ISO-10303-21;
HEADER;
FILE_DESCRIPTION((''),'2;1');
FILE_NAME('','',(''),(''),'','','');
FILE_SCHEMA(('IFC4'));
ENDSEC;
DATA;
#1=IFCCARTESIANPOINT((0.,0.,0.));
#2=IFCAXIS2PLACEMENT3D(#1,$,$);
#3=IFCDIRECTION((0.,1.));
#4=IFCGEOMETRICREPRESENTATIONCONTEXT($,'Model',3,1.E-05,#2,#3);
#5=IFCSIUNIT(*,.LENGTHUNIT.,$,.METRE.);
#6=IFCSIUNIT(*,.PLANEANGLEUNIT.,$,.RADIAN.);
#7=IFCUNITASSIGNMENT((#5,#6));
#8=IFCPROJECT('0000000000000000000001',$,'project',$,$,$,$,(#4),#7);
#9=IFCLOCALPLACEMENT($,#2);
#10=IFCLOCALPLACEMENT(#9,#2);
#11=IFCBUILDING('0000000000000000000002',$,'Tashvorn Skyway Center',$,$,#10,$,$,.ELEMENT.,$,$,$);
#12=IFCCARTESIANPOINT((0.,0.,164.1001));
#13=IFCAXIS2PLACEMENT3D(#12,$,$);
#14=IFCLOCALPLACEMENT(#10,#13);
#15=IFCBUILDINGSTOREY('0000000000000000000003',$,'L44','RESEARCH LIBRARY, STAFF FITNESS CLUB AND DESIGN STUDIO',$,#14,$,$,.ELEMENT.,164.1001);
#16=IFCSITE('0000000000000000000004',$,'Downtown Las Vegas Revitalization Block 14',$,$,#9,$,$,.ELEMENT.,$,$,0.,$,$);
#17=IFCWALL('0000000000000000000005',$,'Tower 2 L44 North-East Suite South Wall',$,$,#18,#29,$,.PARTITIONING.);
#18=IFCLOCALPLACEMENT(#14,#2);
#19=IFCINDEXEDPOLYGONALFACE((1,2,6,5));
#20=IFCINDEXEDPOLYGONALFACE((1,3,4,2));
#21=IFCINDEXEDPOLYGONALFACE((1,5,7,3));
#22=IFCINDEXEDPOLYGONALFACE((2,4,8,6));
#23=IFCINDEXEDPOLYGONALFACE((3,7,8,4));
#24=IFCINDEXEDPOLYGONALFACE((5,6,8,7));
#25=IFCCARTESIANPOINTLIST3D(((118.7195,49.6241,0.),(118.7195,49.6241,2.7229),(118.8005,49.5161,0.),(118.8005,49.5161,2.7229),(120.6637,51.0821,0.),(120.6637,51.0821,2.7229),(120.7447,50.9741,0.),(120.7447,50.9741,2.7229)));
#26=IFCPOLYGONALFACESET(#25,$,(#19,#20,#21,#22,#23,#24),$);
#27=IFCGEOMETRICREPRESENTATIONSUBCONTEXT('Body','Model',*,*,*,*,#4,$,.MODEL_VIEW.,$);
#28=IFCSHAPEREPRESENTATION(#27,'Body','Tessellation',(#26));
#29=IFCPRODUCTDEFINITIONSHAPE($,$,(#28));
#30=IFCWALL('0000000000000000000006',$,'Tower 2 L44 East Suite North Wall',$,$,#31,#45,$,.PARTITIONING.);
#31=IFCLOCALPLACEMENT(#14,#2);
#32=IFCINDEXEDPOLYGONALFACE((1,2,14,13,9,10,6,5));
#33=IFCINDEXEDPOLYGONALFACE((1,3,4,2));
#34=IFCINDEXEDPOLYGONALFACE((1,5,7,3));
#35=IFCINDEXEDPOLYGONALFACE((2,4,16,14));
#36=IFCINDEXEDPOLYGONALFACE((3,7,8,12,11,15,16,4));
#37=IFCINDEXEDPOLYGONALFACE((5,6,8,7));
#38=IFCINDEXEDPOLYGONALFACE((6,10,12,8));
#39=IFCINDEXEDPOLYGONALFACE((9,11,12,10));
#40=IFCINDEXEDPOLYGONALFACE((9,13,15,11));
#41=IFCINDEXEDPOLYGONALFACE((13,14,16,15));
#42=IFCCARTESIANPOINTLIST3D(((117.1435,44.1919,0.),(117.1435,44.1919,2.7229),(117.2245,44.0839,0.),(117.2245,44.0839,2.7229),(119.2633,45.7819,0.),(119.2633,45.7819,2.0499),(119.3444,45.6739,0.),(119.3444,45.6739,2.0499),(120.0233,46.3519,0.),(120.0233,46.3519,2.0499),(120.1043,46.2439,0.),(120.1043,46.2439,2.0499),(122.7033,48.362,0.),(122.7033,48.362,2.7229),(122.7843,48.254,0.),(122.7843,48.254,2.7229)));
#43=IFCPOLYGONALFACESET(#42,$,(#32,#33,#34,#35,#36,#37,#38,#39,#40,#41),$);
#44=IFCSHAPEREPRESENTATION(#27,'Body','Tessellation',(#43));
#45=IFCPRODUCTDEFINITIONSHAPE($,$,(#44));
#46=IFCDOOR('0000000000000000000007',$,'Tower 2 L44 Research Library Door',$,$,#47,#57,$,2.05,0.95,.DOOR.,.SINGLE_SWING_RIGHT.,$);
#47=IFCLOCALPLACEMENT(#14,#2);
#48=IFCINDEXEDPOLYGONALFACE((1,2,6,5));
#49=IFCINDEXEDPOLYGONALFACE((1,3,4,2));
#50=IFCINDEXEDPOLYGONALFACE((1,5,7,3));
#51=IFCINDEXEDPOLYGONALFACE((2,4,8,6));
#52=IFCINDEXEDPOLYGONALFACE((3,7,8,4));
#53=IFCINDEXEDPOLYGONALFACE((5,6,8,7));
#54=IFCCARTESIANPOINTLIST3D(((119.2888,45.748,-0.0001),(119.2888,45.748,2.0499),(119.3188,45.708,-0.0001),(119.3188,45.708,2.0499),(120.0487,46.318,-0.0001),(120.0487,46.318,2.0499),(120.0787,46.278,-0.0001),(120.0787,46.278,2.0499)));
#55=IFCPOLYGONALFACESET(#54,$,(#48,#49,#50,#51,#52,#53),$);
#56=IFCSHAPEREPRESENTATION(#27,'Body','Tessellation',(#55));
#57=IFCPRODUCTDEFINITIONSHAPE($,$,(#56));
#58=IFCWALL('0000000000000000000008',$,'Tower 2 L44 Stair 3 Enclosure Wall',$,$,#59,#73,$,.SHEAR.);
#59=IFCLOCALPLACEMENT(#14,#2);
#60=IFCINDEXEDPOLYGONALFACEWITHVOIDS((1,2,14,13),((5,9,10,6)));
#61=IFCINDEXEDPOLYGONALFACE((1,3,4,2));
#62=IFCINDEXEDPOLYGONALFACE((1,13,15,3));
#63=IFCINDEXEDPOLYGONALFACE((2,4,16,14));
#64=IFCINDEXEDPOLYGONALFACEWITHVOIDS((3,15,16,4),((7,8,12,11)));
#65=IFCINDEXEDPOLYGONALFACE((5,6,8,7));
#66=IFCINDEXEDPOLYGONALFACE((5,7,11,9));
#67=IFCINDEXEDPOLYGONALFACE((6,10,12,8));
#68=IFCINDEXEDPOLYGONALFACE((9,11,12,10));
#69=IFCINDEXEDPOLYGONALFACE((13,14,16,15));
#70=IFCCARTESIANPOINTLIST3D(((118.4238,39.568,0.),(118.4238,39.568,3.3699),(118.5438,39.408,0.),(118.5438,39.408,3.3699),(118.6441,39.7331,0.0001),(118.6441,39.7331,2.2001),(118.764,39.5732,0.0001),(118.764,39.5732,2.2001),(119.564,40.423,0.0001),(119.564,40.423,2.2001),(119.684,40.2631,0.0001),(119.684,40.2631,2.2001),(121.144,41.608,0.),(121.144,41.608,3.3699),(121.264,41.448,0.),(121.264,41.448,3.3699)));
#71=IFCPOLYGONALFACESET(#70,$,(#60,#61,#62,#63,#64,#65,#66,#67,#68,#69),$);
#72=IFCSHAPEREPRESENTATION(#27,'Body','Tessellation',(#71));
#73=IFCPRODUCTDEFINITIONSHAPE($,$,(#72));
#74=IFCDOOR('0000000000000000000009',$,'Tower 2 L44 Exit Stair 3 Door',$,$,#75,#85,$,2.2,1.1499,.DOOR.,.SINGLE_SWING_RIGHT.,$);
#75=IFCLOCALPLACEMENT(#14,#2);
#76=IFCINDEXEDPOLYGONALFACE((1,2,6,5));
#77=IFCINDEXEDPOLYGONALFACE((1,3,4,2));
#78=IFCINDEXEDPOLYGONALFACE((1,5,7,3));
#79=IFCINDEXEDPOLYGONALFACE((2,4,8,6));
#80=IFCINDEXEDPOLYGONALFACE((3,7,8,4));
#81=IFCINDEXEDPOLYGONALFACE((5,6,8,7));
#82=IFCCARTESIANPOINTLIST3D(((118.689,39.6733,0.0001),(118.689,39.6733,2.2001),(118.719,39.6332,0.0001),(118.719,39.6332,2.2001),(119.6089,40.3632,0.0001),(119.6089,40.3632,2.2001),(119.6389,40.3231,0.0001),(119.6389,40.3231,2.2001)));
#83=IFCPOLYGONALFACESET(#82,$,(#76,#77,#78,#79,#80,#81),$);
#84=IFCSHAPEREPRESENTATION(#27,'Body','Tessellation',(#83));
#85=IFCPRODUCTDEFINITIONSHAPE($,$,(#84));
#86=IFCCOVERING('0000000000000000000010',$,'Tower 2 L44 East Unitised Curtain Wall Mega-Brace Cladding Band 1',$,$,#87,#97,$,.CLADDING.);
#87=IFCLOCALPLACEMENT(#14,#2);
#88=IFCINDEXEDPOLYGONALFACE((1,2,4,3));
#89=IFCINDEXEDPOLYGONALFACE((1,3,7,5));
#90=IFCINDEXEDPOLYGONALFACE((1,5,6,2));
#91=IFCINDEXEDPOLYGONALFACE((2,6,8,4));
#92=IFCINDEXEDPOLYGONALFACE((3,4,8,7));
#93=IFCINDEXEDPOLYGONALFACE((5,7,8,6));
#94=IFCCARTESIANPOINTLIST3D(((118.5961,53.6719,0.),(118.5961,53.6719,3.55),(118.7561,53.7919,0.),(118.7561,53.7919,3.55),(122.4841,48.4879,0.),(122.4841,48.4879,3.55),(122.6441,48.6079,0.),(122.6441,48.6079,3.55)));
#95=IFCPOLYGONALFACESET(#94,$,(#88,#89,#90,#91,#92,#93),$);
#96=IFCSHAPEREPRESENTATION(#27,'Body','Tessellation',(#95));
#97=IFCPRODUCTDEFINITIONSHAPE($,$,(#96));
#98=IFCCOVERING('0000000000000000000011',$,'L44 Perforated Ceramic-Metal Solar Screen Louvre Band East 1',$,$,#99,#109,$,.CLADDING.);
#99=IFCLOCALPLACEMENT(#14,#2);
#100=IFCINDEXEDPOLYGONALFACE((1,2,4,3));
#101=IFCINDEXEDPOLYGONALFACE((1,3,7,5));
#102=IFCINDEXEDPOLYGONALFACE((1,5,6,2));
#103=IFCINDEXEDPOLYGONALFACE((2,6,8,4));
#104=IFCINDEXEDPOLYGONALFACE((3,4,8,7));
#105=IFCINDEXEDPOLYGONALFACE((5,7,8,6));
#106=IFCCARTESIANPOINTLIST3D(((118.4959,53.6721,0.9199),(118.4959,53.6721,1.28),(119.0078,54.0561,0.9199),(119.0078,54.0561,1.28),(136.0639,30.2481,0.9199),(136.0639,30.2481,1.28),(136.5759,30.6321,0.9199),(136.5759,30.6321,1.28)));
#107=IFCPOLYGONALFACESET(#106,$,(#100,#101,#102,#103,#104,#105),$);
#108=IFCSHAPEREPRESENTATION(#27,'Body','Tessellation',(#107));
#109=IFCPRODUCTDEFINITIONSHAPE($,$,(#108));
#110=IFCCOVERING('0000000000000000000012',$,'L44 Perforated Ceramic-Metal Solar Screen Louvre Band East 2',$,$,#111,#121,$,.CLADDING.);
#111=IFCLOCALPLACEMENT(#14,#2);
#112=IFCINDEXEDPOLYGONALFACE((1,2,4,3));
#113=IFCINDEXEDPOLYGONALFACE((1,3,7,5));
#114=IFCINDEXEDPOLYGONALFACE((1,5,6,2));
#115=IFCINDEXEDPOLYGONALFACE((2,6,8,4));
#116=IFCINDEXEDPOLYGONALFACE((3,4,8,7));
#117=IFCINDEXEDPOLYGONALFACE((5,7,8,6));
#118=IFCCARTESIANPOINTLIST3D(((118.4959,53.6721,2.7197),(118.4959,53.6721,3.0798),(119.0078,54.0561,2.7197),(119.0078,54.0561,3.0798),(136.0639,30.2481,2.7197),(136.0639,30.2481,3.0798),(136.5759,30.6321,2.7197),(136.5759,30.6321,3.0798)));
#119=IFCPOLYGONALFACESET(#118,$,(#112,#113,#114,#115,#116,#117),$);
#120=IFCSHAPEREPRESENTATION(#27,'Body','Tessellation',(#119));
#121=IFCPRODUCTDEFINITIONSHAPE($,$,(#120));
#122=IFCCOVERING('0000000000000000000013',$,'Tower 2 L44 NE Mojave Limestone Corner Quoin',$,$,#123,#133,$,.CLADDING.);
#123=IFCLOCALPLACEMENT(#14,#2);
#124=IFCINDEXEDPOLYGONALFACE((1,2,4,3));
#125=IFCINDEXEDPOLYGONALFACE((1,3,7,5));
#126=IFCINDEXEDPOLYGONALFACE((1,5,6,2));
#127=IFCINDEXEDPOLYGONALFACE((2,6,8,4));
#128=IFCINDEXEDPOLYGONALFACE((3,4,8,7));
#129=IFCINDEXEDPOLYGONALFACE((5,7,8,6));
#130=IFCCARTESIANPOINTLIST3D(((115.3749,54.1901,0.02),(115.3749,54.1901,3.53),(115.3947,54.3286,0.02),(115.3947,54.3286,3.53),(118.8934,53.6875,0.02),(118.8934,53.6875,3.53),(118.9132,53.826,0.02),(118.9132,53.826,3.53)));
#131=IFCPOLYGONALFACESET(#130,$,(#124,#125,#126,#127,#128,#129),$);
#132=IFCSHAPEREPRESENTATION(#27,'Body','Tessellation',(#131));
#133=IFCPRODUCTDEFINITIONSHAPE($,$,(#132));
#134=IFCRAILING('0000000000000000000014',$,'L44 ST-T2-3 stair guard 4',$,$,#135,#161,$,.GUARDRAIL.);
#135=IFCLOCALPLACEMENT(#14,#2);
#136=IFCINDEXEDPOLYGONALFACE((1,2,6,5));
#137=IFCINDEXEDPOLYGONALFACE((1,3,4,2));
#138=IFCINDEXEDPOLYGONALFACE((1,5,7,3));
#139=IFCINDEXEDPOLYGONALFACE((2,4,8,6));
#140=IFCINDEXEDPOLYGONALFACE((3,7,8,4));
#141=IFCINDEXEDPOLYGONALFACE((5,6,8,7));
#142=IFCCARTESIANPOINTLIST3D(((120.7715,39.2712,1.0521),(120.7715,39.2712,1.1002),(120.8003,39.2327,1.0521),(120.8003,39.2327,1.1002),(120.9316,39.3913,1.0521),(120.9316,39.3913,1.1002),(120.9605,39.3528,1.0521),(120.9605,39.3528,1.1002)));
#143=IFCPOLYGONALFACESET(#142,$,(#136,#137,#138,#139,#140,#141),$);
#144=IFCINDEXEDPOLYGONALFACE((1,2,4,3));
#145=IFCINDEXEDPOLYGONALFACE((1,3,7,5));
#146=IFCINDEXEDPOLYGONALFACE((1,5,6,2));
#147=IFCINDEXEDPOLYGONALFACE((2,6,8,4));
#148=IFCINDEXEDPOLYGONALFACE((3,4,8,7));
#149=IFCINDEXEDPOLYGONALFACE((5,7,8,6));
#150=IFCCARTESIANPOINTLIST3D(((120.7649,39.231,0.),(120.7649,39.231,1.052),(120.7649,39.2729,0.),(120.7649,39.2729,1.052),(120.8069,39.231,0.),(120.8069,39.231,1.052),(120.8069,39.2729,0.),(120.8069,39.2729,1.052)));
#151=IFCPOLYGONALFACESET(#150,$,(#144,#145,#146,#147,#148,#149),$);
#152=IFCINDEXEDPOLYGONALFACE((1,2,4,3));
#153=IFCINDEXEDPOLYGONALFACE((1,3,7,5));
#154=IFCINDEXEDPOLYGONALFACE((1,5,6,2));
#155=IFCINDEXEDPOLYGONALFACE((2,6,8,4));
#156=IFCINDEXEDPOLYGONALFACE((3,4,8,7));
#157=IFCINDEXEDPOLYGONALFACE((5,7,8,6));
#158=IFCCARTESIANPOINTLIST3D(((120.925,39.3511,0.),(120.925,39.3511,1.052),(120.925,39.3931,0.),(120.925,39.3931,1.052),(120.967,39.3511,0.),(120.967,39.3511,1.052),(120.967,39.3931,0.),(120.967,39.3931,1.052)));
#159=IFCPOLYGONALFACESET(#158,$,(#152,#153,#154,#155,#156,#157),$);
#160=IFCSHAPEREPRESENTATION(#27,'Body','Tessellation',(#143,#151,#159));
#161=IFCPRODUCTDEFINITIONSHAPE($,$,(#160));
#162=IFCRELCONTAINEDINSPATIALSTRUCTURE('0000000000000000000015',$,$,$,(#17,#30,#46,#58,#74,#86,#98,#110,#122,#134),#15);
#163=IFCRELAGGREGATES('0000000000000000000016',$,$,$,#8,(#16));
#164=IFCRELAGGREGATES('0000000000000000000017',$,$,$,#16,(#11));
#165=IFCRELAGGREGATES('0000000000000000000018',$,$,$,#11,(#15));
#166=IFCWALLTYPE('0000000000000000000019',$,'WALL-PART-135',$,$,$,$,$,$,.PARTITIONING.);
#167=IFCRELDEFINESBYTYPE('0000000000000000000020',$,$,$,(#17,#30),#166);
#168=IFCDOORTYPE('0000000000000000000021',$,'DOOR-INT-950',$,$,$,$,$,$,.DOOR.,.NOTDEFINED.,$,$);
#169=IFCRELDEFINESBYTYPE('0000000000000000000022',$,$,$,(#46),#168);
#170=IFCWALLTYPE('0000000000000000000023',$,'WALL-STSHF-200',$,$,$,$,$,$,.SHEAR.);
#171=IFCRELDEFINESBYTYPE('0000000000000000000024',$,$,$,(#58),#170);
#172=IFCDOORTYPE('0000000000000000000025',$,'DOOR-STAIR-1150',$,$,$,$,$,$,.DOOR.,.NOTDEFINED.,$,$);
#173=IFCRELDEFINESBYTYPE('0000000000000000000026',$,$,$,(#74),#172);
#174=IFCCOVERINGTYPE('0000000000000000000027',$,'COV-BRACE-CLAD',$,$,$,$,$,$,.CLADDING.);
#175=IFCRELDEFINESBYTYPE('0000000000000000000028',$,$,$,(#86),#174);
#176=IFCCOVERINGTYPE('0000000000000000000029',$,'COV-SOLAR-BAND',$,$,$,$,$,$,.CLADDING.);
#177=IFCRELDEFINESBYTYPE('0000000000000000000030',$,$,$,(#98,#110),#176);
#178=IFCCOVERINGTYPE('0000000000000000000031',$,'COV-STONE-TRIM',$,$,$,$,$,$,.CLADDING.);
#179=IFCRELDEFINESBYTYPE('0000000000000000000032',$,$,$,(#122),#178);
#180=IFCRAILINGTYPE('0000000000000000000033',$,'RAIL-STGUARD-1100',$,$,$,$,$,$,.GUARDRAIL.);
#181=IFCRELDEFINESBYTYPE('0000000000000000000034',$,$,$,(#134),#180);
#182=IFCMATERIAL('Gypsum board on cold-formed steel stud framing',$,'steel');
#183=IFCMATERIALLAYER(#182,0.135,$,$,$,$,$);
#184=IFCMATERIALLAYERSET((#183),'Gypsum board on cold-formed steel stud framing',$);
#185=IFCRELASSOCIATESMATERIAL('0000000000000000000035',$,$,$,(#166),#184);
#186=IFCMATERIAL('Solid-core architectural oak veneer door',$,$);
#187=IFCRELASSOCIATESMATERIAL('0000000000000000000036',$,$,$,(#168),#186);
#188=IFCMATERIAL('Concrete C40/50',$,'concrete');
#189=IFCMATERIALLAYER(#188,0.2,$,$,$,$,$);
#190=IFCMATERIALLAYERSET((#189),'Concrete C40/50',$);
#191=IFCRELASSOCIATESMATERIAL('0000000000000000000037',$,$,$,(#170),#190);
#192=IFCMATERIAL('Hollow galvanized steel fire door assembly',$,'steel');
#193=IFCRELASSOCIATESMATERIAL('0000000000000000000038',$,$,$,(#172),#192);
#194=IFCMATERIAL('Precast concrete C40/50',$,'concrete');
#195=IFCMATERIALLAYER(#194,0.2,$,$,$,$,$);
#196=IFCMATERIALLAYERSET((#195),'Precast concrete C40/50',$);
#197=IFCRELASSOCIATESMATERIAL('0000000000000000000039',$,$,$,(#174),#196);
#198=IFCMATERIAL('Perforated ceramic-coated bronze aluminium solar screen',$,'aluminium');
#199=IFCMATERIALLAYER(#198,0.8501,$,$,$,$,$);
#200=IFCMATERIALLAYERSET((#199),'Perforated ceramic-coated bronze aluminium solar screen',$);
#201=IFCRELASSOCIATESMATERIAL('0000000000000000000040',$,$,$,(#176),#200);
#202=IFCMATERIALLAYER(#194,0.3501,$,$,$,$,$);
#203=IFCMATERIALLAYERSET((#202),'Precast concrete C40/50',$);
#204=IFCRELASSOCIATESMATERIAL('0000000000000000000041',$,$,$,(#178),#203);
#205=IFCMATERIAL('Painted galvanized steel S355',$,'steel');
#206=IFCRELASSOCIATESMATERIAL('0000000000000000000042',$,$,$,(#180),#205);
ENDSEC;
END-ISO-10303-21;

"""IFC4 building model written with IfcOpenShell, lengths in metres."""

from ifc_helpers import new_model, si_unit, direction, frame, frame_2d, origin, origin_2d, place, context, subcontext, project, spatial, rectangle, extrude, material, layer, layer_set, type_object, element, fill, save


model = new_model("IFC4")

# Units and contexts
model_context = context("Model", 3, precision=1e-05, world=origin(), true_north=direction((0.0, 1.0)))
body_context = subcontext(model_context, "Body", "Model", "MODEL_VIEW")
ifc_project = project(units=[si_unit("LENGTHUNIT", "METRE"), si_unit("PLANEANGLEUNIT", "RADIAN")], contexts=[model_context])

# Site, building, storey
site_placement = place(None, origin())
site = spatial("IfcSite", under=ifc_project, at=site_placement, Name="Downtown Las Vegas Revitalization Block 14", CompositionType="ELEMENT", RefElevation=0.0)
building_placement = place(site_placement, origin())
building = spatial("IfcBuilding", under=site, at=building_placement, Name="Tashvorn Skyway Center", CompositionType="ELEMENT")
storey_placement = place(building_placement, frame((0.0, 0.0, 164.1001)))
storey = spatial("IfcBuildingStorey", under=building, at=storey_placement, Name="L44", Description="RESEARCH LIBRARY, STAFF FITNESS CLUB AND DESIGN STUDIO", CompositionType="ELEMENT", Elevation=164.1001)

# Wall
ifc_material_1 = material(Name="Precast concrete C40/50", Category="concrete")
ifc_material_2 = material(Name="Gypsum board on cold-formed steel stud framing", Category="steel")
ifc_layer_1 = layer(ifc_material_2, 0.135)
ifc_layer_set_1 = layer_set([ifc_layer_1], Name="Gypsum board on cold-formed steel stud framing")
wall_type_1 = type_object("IfcWallType", Name="WALL-PART-135", PredefinedType="PARTITIONING", material=ifc_layer_set_1)
wall_1_placement = place(storey_placement, frame((118.76, 49.5701, 0.0), z_axis=(0.0, 0.0, 1.0), x_axis=(0.800012, 0.599984, 0.0)))
element("IfcWall", 1, at=wall_1_placement, inside=storey, type_object=wall_type_1, Name="Tower 2 L44 North-East Suite South Wall", PredefinedType="PARTITIONING", context=body_context, shape_type="SweptSolid", body=[
    extrude(rectangle(XDim=2.4302, YDim=0.135, at=frame_2d((1.2151, 0.0))), origin(), (0.0, 0.0, 1.0), 2.7229),
])

# Walls, openings, doors
wall_2_placement = place(storey_placement, frame((122.7439, 48.3081, 0.0), z_axis=(0.0, 0.0, 1.0), x_axis=(-0.799979, -0.600028, 0.0)))
wall_2 = element("IfcWall", 2, at=wall_2_placement, inside=storey, type_object=wall_type_1, Name="Tower 2 L44 East Suite North Wall", PredefinedType="PARTITIONING", context=body_context, shape_type="SweptSolid", body=[
    extrude(rectangle(XDim=6.95, YDim=0.135, at=frame_2d((3.4751, 0.0))), origin(), (0.0, 0.0, 1.0), 2.7229),
])
opening_1_placement = place(wall_2_placement, frame((3.3501, 0.0, 0.0)))
opening_1 = element("IfcOpeningElement", 3, at=opening_1_placement, cuts=wall_2, PredefinedType="OPENING", context=body_context, shape_type="SweptSolid", body=[
    extrude(rectangle(XDim=0.95, YDim=2.05, at=frame_2d((0.4751, 1.0249))), frame((0.0, 0.0774, 0.0), z_axis=(0.0, -1.0, 0.0), x_axis=(1.0, 0.0, 0.0)), (0.0, 0.0, 1.0), 0.155),
])
ifc_material_3 = material(Name="Solid-core architectural oak veneer door")
door_type_1 = type_object("IfcDoorType", Name="DOOR-INT-950", OperationType="NOTDEFINED", PredefinedType="DOOR", material=ifc_material_3)
door_1_placement = place(opening_1_placement, origin())
door_1 = element("IfcDoor", 4, at=door_1_placement, inside=storey, type_object=door_type_1, Name="Tower 2 L44 Research Library Door", OperationType="SINGLE_SWING_RIGHT", OverallHeight=2.05, OverallWidth=0.95, PredefinedType="DOOR", context=body_context, shape_type="SweptSolid", body=[
    extrude(rectangle(XDim=0.95, YDim=2.05, at=frame_2d((0.4751, 1.0249))), frame((0.0, 0.0249, 0.0), z_axis=(0.0, -1.0, 0.0), x_axis=(1.0, 0.0, 0.0)), (0.0, 0.0, 1.0), 0.05),
])
fill(opening_1, door_1)
ifc_material_4 = material(Name="Concrete C40/50", Category="concrete")
ifc_layer_2 = layer(ifc_material_4, 0.2)
ifc_layer_set_2 = layer_set([ifc_layer_2], Name="Concrete C40/50")
wall_type_2 = type_object("IfcWallType", Name="WALL-STSHF-200", PredefinedType="SHEAR", material=ifc_layer_set_2)
wall_3_placement = place(storey_placement, frame((121.2041, 41.5281, 0.0), z_axis=(0.0, 0.0, 1.0), x_axis=(-0.800017, -0.599977, 0.0)))
wall_3 = element("IfcWall", 5, at=wall_3_placement, inside=storey, type_object=wall_type_2, Name="Tower 2 L44 Stair 3 Enclosure Wall", PredefinedType="SHEAR", context=body_context, shape_type="SweptSolid", body=[
    extrude(rectangle(XDim=3.4001, YDim=0.2, at=frame_2d((1.7002, 0.0))), origin(), (0.0, 0.0, 1.0), 3.3699),
])
opening_2_placement = place(wall_3_placement, frame((1.9751, 0.0, 0.0)))
opening_2 = element("IfcOpeningElement", 6, at=opening_2_placement, cuts=wall_3, PredefinedType="OPENING", context=body_context, shape_type="SweptSolid", body=[
    extrude(rectangle(XDim=1.1499, YDim=2.2, at=frame_2d((0.575, 1.1001))), frame((0.0, 0.1099, 0.0), z_axis=(0.0, -1.0, 0.0), x_axis=(1.0, 0.0, 0.0)), (0.0, 0.0, 1.0), 0.22),
])
ifc_material_5 = material(Name="Hollow galvanized steel fire door assembly", Category="steel")
door_type_2 = type_object("IfcDoorType", Name="DOOR-STAIR-1150", OperationType="NOTDEFINED", PredefinedType="DOOR", material=ifc_material_5)
door_2_placement = place(opening_2_placement, origin())
door_2 = element("IfcDoor", 7, at=door_2_placement, inside=storey, type_object=door_type_2, Name="Tower 2 L44 Exit Stair 3 Door", OperationType="SINGLE_SWING_RIGHT", OverallHeight=2.2, OverallWidth=1.1499, PredefinedType="DOOR", context=body_context, shape_type="SweptSolid", body=[
    extrude(rectangle(XDim=1.1499, YDim=2.2, at=frame_2d((0.575, 1.1001))), frame((0.0, 0.0249, 0.0), z_axis=(0.0, -1.0, 0.0), x_axis=(1.0, 0.0, 0.0)), (0.0, 0.0, 1.0), 0.05),
])
fill(opening_2, door_2)

# Coverings
ifc_layer_3 = layer(ifc_material_1, 0.2)
ifc_layer_set_3 = layer_set([ifc_layer_3], Name="Precast concrete C40/50")
covering_type_1 = type_object("IfcCoveringType", Name="COV-BRACE-CLAD", PredefinedType="CLADDING", material=ifc_layer_set_3)
covering_1_placement = place(storey_placement, frame((120.6201, 51.1399, 0.0), z_axis=(0.0, 0.0, 1.0), x_axis=(0.6, -0.8, 0.0)))
element("IfcCovering", 8, at=covering_1_placement, inside=storey, type_object=covering_type_1, Name="Tower 2 L44 East Unitised Curtain Wall Mega-Brace Cladding Band 1", PredefinedType="CLADDING", context=body_context, shape_type="SweptSolid", body=[
    extrude(rectangle(XDim=6.48, YDim=0.2, at=origin_2d()), origin(), (0.0, 0.0, 1.0), 3.55),
])
ifc_material_6 = material(Name="Perforated ceramic-coated bronze aluminium solar screen", Category="aluminium")
ifc_layer_4 = layer(ifc_material_6, 0.8501)
ifc_layer_set_4 = layer_set([ifc_layer_4], Name="Perforated ceramic-coated bronze aluminium solar screen")
covering_type_2 = type_object("IfcCoveringType", Name="COV-SOLAR-BAND", PredefinedType="CLADDING", material=ifc_layer_set_4)
for number, where, z_axis, x_axis, name in (
    (9, (127.5359, 42.1521, 0.9199), (0.0, 0.0, 1.0), (0.6, -0.8, 0.0), "L44 Perforated Ceramic-Metal Solar Screen Louvre Band East 1"),
    (10, (127.5359, 42.1521, 2.7197), (0.0, 0.0, 1.0), (0.6, -0.8, 0.0), "L44 Perforated Ceramic-Metal Solar Screen Louvre Band East 2"),
):
    element("IfcCovering", number, at=place(storey_placement, frame(where, z_axis=z_axis, x_axis=x_axis)), inside=storey, type_object=covering_type_2, Name=name, PredefinedType="CLADDING", context=body_context, shape_type="SweptSolid", body=[
        extrude(rectangle(XDim=29.28, YDim=0.6399, at=origin_2d()), origin(), (0.0, 0.0, 1.0), 0.3601),
    ])
ifc_layer_5 = layer(ifc_material_1, 0.3501)
ifc_layer_set_5 = layer_set([ifc_layer_5], Name="Precast concrete C40/50")
covering_type_3 = type_object("IfcCoveringType", Name="COV-STONE-TRIM", PredefinedType="CLADDING", material=ifc_layer_set_5)
covering_2_placement = place(storey_placement, frame((117.144, 54.0081, 0.02), z_axis=(0.0, 0.0, 1.0), x_axis=(0.989949, -0.141421, 0.0)))
element("IfcCovering", 11, at=covering_2_placement, inside=storey, type_object=covering_type_3, Name="Tower 2 L44 NE Mojave Limestone Corner Quoin", PredefinedType="CLADDING", context=body_context, shape_type="SweptSolid", body=[
    extrude(rectangle(XDim=3.5542, YDim=0.1399, at=origin_2d()), origin(), (0.0, 0.0, 1.0), 3.51),
])

# Railing
ifc_material_7 = material(Name="Painted galvanized steel S355", Category="steel")
railing_type = type_object("IfcRailingType", Name="RAIL-STGUARD-1100", PredefinedType="GUARDRAIL", material=ifc_material_7)
railing_placement = place(storey_placement, frame((120.7859, 39.252, 0.0)))
element("IfcRailing", 12, at=railing_placement, inside=storey, type_object=railing_type, Name="L44 ST-T2-3 stair guard 4", PredefinedType="GUARDRAIL", context=body_context, shape_type="SweptSolid", body=[
    extrude(rectangle(XDim=0.0481, YDim=0.0481, at=origin_2d()), frame((0.0, 0.0, 1.0762), z_axis=(0.8, 0.6, 0.0), x_axis=(-0.6, 0.8, 0.0)), (0.0, 0.0, 1.0), 0.2002),
    extrude(rectangle(XDim=0.042, YDim=0.042, at=origin_2d()), origin(), (0.0, 0.0, 1.0), 1.052),
    extrude(rectangle(XDim=0.042, YDim=0.042, at=origin_2d()), frame((0.1602, 0.1201, 0.0)), (0.0, 0.0, 1.0), 1.052),
])

save(model, "model.ifc")
